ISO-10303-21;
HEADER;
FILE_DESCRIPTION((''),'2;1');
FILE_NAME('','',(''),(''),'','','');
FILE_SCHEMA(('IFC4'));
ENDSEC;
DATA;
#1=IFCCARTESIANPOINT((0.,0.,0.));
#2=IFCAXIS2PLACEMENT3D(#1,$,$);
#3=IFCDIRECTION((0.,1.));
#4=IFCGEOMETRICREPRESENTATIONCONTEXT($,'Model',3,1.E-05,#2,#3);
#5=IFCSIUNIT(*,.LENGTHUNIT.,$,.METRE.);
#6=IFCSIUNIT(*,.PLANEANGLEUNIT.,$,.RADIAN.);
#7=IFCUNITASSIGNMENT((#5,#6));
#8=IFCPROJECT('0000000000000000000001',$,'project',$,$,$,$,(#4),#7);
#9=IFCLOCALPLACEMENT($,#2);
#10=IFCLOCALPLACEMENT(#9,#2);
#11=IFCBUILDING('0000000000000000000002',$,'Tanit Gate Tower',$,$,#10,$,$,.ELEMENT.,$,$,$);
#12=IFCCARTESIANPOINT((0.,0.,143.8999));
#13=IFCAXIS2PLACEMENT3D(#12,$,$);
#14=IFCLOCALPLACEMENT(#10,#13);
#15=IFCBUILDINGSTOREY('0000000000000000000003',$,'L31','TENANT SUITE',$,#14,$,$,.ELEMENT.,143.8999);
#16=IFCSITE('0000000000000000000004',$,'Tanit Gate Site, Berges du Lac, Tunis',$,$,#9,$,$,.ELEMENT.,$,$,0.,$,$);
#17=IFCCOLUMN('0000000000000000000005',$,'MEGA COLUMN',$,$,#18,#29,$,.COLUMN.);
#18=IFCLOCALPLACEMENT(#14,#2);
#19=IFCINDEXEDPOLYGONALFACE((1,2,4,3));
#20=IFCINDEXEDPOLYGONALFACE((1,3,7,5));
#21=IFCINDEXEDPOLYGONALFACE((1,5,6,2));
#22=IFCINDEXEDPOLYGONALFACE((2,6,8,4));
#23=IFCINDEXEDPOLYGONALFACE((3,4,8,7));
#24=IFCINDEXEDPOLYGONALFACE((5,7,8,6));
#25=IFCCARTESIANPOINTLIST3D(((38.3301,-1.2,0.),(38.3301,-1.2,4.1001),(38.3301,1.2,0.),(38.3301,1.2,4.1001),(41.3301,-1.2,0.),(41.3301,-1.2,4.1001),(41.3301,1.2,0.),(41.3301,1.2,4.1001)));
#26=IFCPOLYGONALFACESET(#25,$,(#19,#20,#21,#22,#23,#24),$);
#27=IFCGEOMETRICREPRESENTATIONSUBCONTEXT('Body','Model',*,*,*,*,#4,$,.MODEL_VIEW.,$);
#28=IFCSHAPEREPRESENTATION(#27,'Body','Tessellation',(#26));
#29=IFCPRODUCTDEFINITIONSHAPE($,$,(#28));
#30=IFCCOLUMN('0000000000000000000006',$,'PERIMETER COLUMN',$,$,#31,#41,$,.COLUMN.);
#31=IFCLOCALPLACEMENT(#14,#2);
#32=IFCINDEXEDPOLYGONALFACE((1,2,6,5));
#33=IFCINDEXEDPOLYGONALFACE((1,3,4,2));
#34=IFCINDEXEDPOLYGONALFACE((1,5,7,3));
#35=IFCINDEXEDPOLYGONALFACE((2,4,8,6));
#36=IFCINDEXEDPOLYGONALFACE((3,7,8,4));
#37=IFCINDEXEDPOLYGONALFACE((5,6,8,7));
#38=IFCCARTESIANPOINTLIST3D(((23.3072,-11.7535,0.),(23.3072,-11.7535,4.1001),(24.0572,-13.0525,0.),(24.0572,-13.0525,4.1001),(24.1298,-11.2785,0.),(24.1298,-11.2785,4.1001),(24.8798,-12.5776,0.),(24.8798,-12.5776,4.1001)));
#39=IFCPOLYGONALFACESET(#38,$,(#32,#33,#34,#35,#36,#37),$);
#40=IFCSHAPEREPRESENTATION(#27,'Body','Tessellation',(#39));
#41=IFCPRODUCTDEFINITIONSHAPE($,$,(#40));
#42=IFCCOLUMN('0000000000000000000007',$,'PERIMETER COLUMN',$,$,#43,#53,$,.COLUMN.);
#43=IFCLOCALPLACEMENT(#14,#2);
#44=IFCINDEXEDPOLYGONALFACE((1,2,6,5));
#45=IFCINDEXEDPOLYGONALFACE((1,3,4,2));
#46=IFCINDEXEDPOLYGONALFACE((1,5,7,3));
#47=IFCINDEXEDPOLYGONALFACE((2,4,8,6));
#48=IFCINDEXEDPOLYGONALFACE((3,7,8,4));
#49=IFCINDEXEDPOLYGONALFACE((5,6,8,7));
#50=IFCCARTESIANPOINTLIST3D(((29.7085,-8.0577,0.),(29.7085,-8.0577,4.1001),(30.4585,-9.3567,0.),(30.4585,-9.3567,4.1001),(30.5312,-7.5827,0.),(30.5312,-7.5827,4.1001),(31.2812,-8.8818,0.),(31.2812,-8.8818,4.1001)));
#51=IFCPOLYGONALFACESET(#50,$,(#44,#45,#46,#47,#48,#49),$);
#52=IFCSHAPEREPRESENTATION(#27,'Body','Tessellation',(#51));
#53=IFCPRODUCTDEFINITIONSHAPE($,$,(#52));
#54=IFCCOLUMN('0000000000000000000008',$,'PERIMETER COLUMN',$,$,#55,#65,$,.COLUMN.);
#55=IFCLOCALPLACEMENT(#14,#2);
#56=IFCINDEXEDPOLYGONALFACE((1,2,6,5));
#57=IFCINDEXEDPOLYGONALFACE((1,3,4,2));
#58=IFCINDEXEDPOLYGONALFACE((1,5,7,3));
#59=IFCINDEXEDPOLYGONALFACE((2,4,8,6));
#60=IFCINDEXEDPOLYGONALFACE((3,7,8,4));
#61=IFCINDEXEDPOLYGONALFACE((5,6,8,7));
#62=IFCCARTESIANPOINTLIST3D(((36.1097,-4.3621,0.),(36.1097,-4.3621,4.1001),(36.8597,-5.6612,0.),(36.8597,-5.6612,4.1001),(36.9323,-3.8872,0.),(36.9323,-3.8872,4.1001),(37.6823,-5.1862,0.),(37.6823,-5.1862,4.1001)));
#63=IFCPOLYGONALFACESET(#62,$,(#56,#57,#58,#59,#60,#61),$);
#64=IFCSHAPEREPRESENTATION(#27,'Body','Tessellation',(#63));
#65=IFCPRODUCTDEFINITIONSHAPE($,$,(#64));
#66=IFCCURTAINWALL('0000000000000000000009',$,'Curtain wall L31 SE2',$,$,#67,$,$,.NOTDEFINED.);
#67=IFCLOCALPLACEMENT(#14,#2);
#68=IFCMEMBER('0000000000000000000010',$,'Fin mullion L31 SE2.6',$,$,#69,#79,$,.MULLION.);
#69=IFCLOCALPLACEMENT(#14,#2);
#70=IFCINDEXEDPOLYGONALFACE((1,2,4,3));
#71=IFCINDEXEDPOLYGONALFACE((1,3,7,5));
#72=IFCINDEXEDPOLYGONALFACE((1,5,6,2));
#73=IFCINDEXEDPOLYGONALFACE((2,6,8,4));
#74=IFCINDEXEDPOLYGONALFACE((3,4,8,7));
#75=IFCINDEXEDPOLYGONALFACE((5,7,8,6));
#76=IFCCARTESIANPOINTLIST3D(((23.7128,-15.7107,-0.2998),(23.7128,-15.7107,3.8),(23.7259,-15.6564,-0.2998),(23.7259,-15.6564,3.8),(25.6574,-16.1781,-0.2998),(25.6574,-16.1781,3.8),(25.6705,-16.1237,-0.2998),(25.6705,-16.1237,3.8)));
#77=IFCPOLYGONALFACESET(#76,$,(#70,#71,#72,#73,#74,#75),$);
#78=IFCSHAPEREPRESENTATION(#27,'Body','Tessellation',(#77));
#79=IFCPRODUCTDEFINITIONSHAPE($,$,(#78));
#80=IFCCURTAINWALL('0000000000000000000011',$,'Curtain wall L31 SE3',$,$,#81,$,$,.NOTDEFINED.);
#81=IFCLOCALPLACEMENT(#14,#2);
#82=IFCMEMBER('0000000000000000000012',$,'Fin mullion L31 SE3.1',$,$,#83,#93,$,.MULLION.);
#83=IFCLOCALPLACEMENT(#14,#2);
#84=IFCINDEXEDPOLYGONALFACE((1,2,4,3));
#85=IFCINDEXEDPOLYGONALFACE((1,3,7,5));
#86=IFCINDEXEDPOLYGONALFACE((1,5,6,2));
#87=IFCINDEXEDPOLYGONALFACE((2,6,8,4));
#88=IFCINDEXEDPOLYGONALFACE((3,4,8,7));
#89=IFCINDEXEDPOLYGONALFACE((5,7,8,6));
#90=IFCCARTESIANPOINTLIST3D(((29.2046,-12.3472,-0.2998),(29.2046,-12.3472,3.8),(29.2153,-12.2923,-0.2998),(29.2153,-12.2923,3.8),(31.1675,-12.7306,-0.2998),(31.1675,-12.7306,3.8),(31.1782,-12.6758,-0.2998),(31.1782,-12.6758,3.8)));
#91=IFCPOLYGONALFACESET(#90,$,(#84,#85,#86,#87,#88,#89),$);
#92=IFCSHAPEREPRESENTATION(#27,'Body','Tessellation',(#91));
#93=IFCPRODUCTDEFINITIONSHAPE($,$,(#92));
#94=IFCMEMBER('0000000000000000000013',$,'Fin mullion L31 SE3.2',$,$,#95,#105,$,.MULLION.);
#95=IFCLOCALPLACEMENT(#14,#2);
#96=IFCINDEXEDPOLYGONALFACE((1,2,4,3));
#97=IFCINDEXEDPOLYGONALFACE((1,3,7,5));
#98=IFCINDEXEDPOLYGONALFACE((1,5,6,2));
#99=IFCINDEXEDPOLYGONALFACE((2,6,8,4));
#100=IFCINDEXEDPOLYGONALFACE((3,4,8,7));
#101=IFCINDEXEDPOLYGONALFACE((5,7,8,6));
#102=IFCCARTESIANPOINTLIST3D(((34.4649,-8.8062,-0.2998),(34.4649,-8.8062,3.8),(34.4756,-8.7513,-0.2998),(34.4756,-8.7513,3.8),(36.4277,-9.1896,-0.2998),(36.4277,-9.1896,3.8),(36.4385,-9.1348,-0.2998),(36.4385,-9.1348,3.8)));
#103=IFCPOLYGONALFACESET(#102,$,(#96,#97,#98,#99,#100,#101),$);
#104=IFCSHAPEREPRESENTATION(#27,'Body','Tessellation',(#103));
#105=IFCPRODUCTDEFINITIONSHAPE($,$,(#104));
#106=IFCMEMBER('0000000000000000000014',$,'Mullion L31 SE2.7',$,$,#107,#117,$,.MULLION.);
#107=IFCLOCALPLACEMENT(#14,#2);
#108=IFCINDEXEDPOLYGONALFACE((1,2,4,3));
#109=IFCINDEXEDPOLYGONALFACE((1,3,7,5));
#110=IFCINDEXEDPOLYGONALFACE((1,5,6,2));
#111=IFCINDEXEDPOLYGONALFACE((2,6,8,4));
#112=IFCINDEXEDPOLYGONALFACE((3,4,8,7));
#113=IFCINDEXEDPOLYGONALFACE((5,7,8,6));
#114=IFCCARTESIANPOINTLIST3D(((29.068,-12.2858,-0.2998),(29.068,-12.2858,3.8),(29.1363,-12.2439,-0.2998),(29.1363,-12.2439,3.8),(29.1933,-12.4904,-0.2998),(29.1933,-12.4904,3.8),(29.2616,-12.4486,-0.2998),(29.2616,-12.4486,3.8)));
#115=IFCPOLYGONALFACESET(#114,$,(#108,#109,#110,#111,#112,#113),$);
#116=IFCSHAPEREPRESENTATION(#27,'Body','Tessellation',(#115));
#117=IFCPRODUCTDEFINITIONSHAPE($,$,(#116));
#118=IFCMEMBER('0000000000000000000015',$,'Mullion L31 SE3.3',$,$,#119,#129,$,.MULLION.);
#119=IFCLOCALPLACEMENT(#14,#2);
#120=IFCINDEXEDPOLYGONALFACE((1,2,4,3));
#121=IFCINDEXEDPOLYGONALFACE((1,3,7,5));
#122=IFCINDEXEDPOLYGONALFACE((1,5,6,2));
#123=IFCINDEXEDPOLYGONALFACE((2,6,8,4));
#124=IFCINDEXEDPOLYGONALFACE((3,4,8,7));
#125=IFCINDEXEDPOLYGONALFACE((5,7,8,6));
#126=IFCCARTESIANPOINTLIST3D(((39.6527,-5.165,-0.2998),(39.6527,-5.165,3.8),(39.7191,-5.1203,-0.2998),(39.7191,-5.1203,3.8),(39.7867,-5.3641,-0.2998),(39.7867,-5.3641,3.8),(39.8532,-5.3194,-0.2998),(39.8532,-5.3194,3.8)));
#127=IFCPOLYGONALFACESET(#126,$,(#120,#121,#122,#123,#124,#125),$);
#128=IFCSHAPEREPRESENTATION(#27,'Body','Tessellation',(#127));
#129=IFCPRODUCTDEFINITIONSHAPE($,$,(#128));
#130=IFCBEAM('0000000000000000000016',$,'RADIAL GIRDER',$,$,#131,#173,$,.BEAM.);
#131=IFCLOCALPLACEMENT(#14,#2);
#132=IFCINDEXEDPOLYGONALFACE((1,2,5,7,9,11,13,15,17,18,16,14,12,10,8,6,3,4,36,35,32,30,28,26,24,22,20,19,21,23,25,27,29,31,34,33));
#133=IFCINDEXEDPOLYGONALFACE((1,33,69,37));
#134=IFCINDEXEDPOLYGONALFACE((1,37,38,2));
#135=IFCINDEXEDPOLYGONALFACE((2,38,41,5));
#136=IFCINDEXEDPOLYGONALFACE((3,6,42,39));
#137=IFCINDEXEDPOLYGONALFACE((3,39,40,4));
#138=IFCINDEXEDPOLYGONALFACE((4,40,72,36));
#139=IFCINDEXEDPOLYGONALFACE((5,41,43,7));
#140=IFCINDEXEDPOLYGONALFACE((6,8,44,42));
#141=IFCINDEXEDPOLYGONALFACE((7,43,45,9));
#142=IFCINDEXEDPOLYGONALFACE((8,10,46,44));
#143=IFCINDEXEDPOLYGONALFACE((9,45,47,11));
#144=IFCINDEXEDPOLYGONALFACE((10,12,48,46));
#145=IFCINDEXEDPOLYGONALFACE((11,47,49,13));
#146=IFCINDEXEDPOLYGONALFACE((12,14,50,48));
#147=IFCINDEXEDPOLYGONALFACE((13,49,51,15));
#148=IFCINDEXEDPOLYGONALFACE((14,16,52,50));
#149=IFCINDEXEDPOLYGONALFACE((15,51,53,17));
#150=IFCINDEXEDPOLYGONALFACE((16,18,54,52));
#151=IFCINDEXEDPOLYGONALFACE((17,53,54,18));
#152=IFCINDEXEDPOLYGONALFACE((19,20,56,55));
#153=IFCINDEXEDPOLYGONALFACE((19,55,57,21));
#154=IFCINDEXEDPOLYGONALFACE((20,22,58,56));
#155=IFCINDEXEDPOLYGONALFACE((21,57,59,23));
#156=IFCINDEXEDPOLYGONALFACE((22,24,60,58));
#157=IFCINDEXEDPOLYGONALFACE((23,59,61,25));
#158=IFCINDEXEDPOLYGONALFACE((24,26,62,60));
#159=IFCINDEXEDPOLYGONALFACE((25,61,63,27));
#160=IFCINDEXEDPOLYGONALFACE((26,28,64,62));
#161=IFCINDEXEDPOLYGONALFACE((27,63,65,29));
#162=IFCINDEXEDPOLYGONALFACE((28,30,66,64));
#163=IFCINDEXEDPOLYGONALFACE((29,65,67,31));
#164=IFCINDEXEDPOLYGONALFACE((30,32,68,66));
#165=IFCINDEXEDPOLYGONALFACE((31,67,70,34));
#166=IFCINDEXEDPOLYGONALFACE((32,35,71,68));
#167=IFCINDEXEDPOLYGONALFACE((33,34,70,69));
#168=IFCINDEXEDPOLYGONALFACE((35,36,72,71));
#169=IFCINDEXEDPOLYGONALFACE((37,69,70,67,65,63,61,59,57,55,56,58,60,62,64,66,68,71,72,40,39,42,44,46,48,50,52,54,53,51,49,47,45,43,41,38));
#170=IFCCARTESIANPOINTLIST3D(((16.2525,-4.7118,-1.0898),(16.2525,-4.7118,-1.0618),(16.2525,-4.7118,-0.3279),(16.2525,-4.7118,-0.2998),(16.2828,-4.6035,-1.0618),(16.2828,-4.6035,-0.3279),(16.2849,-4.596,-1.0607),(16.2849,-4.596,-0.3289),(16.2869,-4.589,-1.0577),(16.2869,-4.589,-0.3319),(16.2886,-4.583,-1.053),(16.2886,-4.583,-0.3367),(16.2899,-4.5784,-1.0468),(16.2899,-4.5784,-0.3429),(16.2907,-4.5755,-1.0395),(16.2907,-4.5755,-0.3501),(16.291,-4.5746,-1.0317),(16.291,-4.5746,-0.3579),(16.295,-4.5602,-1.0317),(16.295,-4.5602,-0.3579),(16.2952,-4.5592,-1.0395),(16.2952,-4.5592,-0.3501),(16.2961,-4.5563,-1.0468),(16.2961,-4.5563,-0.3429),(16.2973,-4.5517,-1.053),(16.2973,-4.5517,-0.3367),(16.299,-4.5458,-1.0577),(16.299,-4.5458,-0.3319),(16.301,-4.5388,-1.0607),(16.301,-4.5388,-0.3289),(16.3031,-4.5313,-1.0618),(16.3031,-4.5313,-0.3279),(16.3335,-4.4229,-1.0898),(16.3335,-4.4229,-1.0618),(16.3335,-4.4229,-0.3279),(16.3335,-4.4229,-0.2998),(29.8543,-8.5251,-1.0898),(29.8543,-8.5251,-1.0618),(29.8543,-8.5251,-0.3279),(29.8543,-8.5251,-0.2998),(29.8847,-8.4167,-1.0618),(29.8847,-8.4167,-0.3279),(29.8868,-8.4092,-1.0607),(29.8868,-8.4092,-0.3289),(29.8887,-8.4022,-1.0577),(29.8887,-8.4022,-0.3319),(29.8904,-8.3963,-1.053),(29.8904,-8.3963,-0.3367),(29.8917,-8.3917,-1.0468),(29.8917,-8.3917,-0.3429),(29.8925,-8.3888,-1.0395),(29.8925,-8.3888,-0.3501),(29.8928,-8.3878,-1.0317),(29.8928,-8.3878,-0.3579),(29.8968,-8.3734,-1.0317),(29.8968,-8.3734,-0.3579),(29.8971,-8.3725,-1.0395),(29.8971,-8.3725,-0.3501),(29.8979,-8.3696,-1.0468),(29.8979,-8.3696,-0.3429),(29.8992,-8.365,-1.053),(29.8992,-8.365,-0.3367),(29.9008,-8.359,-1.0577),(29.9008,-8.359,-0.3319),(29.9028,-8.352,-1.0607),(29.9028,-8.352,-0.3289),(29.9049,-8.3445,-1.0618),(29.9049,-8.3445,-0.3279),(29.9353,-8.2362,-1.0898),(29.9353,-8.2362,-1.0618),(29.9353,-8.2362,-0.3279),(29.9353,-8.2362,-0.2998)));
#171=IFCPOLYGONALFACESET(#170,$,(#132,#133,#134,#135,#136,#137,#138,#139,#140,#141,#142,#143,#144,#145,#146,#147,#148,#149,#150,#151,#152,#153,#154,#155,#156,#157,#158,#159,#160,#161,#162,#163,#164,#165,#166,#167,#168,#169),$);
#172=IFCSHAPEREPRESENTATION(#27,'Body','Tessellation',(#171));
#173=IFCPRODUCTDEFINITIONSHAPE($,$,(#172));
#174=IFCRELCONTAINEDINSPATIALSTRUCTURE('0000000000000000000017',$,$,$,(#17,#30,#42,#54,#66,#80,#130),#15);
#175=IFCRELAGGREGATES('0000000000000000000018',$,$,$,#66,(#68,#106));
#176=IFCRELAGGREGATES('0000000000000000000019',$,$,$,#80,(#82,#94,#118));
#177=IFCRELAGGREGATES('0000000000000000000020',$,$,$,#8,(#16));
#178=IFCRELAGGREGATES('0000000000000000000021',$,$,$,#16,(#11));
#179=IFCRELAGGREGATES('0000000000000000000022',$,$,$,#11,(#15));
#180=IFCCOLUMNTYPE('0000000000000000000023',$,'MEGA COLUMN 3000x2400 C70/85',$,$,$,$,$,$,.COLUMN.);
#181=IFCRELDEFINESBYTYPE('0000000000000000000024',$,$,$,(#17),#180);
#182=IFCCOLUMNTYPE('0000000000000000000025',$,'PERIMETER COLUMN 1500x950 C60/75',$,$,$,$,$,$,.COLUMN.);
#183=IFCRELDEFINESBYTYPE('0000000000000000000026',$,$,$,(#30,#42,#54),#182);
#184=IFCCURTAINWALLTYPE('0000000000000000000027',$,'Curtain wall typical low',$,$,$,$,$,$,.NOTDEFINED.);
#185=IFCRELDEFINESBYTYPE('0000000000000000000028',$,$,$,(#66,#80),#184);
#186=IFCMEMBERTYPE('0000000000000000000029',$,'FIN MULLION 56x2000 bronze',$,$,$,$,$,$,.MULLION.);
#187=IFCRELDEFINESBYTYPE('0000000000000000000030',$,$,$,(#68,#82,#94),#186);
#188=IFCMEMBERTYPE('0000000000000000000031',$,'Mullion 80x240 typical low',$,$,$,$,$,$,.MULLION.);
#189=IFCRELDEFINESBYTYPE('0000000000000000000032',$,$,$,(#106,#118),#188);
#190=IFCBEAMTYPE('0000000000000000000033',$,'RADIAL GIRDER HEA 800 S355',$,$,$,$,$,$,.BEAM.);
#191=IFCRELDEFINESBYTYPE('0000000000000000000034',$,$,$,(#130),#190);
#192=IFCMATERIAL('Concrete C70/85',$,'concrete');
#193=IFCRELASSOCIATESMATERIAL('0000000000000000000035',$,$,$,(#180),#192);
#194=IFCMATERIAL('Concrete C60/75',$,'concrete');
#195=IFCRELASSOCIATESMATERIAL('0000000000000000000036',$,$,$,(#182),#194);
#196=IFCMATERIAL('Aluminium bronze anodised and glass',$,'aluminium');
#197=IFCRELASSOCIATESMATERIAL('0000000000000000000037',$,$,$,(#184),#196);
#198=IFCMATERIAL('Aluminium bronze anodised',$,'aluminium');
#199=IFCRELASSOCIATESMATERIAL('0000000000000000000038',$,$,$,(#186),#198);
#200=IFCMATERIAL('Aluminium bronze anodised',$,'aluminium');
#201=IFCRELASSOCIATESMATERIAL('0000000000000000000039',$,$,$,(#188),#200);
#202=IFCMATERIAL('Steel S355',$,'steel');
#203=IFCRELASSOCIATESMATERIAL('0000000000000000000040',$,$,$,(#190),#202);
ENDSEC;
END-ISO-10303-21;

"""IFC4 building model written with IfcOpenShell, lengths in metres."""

from ifc_helpers import new_model, si_unit, direction, frame, origin, origin_2d, place, context, subcontext, project, spatial, rectangle, i_section, extrude, material, material_profile, profile_set, type_object, element, aggregate, save


model = new_model("IFC4")

# Units and contexts
model_context = context("Model", 3, precision=1e-05, world=origin(), true_north=direction((0.0, 1.0)))
body_context = subcontext(model_context, "Body", "Model", "MODEL_VIEW")
ifc_project = project(units=[si_unit("LENGTHUNIT", "METRE"), si_unit("PLANEANGLEUNIT", "RADIAN")], contexts=[model_context])

# Site, building, storey
site_placement = place(None, origin())
site = spatial("IfcSite", under=ifc_project, at=site_placement, Name="Tanit Gate Site, Berges du Lac, Tunis", CompositionType="ELEMENT", RefElevation=0.0)
building_placement = place(site_placement, origin())
building = spatial("IfcBuilding", under=site, at=building_placement, Name="Tanit Gate Tower", CompositionType="ELEMENT")
storey_placement = place(building_placement, frame((0.0, 0.0, 143.8999)))
storey = spatial("IfcBuildingStorey", under=building, at=storey_placement, Name="L31", Description="TENANT SUITE", CompositionType="ELEMENT", Elevation=143.8999)

# Columns
ifc_material_1 = material(Name="Concrete C70/85", Category="concrete")
ifc_material_profile_1 = material_profile(ifc_material_1, rectangle(XDim=3.0, YDim=2.3999, at=origin_2d()), Name="RC 3000x2400")
ifc_profile_set_1 = profile_set([ifc_material_profile_1], Name="Concrete C70/85")
column_type_1 = type_object("IfcColumnType", Name="MEGA COLUMN 3000x2400 C70/85", PredefinedType="COLUMN", material=ifc_profile_set_1)
column_placement = place(storey_placement, frame((39.8301, 0.0, 0.0), z_axis=(0.0, 0.0, 1.0), x_axis=(1.0, 0.0, 0.0)))
element("IfcColumn", 1, at=column_placement, inside=storey, type_object=column_type_1, Name="MEGA COLUMN", PredefinedType="COLUMN", context=body_context, shape_type="SweptSolid", body=[
    extrude(rectangle(XDim=3.0, YDim=2.3999, at=origin_2d()), origin(), (0.0, 0.0, 1.0), 4.1001),
])
ifc_material_2 = material(Name="Concrete C60/75", Category="concrete")
ifc_material_profile_2 = material_profile(ifc_material_2, rectangle(XDim=1.5, YDim=0.95, at=origin_2d()), Name="RC 1500x950")
ifc_profile_set_2 = profile_set([ifc_material_profile_2], Name="Concrete C60/75")
column_type_2 = type_object("IfcColumnType", Name="PERIMETER COLUMN 1500x950 C60/75", PredefinedType="COLUMN", material=ifc_profile_set_2)
for number, where, z_axis, x_axis, name in (
    (2, (24.0935, -12.1655, 0.0), (0.0, 0.0, 1.0), (0.5, -0.866025, 0.0), "PERIMETER COLUMN"),
    (3, (30.4949, -8.4697, 0.0), (0.0, 0.0, 1.0), (0.5, -0.866025, 0.0), "PERIMETER COLUMN"),
    (4, (36.896, -4.7742, 0.0), (0.0, 0.0, 1.0), (0.5, -0.866025, 0.0), "PERIMETER COLUMN"),
):
    element("IfcColumn", number, at=place(storey_placement, frame(where, z_axis=z_axis, x_axis=x_axis)), inside=storey, type_object=column_type_2, Name=name, PredefinedType="COLUMN", context=body_context, shape_type="SweptSolid", body=[
        extrude(rectangle(XDim=1.5, YDim=0.95, at=origin_2d()), origin(), (0.0, 0.0, 1.0), 4.1001),
    ])

# Curtain wall, member
ifc_material_3 = material(Name="Aluminium bronze anodised and glass", Category="aluminium")
curtain_wall_type = type_object("IfcCurtainWallType", Name="Curtain wall typical low", PredefinedType="NOTDEFINED", material=ifc_material_3)
curtain_wall_1_placement = place(storey_placement, origin())
curtain_wall_1 = element("IfcCurtainWall", 5, at=curtain_wall_1_placement, inside=storey, type_object=curtain_wall_type, Name="Curtain wall L31 SE2", PredefinedType="NOTDEFINED")
ifc_material_4 = material(Name="Aluminium bronze anodised", Category="aluminium")
ifc_material_profile_3 = material_profile(ifc_material_4, rectangle(XDim=2.0, YDim=0.0559, at=origin_2d()), Name="56x2000 bronze fin mullion")
ifc_profile_set_3 = profile_set([ifc_material_profile_3], Name="Aluminium bronze anodised")
member_type_1 = type_object("IfcMemberType", Name="FIN MULLION 56x2000 bronze", PredefinedType="MULLION", material=ifc_profile_set_3)
member_1_placement = place(storey_placement, frame((24.6917, -15.9172, -0.2998), z_axis=(0.0, 0.0, 1.0), x_axis=(-0.972311, 0.233691, 0.0)))
member_1 = element("IfcMember", 6, at=member_1_placement, type_object=member_type_1, Name="Fin mullion L31 SE2.6", PredefinedType="MULLION", context=body_context, shape_type="SweptSolid", body=[
    extrude(rectangle(XDim=2.0, YDim=0.0559, at=origin_2d()), origin(), (0.0, 0.0, 1.0), 4.0999),
])

# Curtain wall, members
curtain_wall_2_placement = place(storey_placement, origin())
curtain_wall_2 = element("IfcCurtainWall", 7, at=curtain_wall_2_placement, inside=storey, type_object=curtain_wall_type, Name="Curtain wall L31 SE3", PredefinedType="NOTDEFINED")
member_2_placement = place(storey_placement, frame((30.1914, -12.5115, -0.2998), z_axis=(0.0, 0.0, 1.0), x_axis=(-0.981446, 0.191739, 0.0)))
member_2 = element("IfcMember", 8, at=member_2_placement, type_object=member_type_1, Name="Fin mullion L31 SE3.1", PredefinedType="MULLION", context=body_context, shape_type="SweptSolid", body=[
    extrude(rectangle(XDim=2.0, YDim=0.0559, at=origin_2d()), origin(), (0.0, 0.0, 1.0), 4.0999),
])
member_3_placement = place(storey_placement, frame((35.4517, -8.9705, -0.2998), z_axis=(0.0, 0.0, 1.0), x_axis=(-0.981446, 0.191739, 0.0)))
member_3 = element("IfcMember", 9, at=member_3_placement, type_object=member_type_1, Name="Fin mullion L31 SE3.2", PredefinedType="MULLION", context=body_context, shape_type="SweptSolid", body=[
    extrude(rectangle(XDim=2.0, YDim=0.0559, at=origin_2d()), origin(), (0.0, 0.0, 1.0), 4.0999),
])

# Members
ifc_material_5 = material(Name="Aluminium bronze anodised", Category="aluminium")
ifc_material_profile_4 = material_profile(ifc_material_5, rectangle(XDim=0.24, YDim=0.0801, at=origin_2d()), Name="80x240 bronze mullion")
ifc_profile_set_4 = profile_set([ifc_material_profile_4], Name="Aluminium bronze anodised")
member_type_2 = type_object("IfcMemberType", Name="Mullion 80x240 typical low", PredefinedType="MULLION", material=ifc_profile_set_4)
member_4_placement = place(storey_placement, frame((29.1648, -12.3672, -0.2998), z_axis=(0.0, 0.0, 1.0), x_axis=(-0.522283, 0.852772, 0.0)))
member_4 = element("IfcMember", 10, at=member_4_placement, type_object=member_type_2, Name="Mullion L31 SE2.7", PredefinedType="MULLION", context=body_context, shape_type="SweptSolid", body=[
    extrude(rectangle(XDim=0.24, YDim=0.0801, at=origin_2d()), origin(), (0.0, 0.0, 1.0), 4.0999),
])
member_5_placement = place(storey_placement, frame((39.7529, -5.2422, -0.2998), z_axis=(0.0, 0.0, 1.0), x_axis=(-0.558408, 0.829567, 0.0)))
member_5 = element("IfcMember", 11, at=member_5_placement, type_object=member_type_2, Name="Mullion L31 SE3.3", PredefinedType="MULLION", context=body_context, shape_type="SweptSolid", body=[
    extrude(rectangle(XDim=0.24, YDim=0.0801, at=origin_2d()), origin(), (0.0, 0.0, 1.0), 4.0999),
])

# Beam
ifc_material_6 = material(Name="Steel S355", Category="steel")
ifc_material_profile_5 = material_profile(ifc_material_6, i_section(OverallWidth=0.3, OverallDepth=0.79, WebThickness=0.0149, FlangeThickness=0.0281, FilletRadius=0.03, at=origin_2d()), Name="HEA 800")
ifc_profile_set_5 = profile_set([ifc_material_profile_5], Name="Steel S355")
beam_type_1 = type_object("IfcBeamType", Name="RADIAL GIRDER HEA 800 S355", PredefinedType="BEAM", material=ifc_profile_set_5)
beam_1_placement = place(storey_placement, frame((29.8948, -8.3806, -0.6948), z_axis=(-0.962877, 0.26994, 0.0), x_axis=(-0.26994, -0.962877, 0.0)))
element("IfcBeam", 12, at=beam_1_placement, inside=storey, type_object=beam_type_1, Name="RADIAL GIRDER", PredefinedType="BEAM", context=body_context, shape_type="SweptSolid", body=[
    extrude(i_section(OverallWidth=0.3, OverallDepth=0.79, WebThickness=0.0149, FlangeThickness=0.0281, FilletRadius=0.03, at=origin_2d()), origin(), (0.0, 0.0, 1.0), 14.1262),
])

aggregate(curtain_wall_1, [member_1, member_4])
aggregate(curtain_wall_2, [member_2, member_3, member_5])

save(model, "model.ifc")
